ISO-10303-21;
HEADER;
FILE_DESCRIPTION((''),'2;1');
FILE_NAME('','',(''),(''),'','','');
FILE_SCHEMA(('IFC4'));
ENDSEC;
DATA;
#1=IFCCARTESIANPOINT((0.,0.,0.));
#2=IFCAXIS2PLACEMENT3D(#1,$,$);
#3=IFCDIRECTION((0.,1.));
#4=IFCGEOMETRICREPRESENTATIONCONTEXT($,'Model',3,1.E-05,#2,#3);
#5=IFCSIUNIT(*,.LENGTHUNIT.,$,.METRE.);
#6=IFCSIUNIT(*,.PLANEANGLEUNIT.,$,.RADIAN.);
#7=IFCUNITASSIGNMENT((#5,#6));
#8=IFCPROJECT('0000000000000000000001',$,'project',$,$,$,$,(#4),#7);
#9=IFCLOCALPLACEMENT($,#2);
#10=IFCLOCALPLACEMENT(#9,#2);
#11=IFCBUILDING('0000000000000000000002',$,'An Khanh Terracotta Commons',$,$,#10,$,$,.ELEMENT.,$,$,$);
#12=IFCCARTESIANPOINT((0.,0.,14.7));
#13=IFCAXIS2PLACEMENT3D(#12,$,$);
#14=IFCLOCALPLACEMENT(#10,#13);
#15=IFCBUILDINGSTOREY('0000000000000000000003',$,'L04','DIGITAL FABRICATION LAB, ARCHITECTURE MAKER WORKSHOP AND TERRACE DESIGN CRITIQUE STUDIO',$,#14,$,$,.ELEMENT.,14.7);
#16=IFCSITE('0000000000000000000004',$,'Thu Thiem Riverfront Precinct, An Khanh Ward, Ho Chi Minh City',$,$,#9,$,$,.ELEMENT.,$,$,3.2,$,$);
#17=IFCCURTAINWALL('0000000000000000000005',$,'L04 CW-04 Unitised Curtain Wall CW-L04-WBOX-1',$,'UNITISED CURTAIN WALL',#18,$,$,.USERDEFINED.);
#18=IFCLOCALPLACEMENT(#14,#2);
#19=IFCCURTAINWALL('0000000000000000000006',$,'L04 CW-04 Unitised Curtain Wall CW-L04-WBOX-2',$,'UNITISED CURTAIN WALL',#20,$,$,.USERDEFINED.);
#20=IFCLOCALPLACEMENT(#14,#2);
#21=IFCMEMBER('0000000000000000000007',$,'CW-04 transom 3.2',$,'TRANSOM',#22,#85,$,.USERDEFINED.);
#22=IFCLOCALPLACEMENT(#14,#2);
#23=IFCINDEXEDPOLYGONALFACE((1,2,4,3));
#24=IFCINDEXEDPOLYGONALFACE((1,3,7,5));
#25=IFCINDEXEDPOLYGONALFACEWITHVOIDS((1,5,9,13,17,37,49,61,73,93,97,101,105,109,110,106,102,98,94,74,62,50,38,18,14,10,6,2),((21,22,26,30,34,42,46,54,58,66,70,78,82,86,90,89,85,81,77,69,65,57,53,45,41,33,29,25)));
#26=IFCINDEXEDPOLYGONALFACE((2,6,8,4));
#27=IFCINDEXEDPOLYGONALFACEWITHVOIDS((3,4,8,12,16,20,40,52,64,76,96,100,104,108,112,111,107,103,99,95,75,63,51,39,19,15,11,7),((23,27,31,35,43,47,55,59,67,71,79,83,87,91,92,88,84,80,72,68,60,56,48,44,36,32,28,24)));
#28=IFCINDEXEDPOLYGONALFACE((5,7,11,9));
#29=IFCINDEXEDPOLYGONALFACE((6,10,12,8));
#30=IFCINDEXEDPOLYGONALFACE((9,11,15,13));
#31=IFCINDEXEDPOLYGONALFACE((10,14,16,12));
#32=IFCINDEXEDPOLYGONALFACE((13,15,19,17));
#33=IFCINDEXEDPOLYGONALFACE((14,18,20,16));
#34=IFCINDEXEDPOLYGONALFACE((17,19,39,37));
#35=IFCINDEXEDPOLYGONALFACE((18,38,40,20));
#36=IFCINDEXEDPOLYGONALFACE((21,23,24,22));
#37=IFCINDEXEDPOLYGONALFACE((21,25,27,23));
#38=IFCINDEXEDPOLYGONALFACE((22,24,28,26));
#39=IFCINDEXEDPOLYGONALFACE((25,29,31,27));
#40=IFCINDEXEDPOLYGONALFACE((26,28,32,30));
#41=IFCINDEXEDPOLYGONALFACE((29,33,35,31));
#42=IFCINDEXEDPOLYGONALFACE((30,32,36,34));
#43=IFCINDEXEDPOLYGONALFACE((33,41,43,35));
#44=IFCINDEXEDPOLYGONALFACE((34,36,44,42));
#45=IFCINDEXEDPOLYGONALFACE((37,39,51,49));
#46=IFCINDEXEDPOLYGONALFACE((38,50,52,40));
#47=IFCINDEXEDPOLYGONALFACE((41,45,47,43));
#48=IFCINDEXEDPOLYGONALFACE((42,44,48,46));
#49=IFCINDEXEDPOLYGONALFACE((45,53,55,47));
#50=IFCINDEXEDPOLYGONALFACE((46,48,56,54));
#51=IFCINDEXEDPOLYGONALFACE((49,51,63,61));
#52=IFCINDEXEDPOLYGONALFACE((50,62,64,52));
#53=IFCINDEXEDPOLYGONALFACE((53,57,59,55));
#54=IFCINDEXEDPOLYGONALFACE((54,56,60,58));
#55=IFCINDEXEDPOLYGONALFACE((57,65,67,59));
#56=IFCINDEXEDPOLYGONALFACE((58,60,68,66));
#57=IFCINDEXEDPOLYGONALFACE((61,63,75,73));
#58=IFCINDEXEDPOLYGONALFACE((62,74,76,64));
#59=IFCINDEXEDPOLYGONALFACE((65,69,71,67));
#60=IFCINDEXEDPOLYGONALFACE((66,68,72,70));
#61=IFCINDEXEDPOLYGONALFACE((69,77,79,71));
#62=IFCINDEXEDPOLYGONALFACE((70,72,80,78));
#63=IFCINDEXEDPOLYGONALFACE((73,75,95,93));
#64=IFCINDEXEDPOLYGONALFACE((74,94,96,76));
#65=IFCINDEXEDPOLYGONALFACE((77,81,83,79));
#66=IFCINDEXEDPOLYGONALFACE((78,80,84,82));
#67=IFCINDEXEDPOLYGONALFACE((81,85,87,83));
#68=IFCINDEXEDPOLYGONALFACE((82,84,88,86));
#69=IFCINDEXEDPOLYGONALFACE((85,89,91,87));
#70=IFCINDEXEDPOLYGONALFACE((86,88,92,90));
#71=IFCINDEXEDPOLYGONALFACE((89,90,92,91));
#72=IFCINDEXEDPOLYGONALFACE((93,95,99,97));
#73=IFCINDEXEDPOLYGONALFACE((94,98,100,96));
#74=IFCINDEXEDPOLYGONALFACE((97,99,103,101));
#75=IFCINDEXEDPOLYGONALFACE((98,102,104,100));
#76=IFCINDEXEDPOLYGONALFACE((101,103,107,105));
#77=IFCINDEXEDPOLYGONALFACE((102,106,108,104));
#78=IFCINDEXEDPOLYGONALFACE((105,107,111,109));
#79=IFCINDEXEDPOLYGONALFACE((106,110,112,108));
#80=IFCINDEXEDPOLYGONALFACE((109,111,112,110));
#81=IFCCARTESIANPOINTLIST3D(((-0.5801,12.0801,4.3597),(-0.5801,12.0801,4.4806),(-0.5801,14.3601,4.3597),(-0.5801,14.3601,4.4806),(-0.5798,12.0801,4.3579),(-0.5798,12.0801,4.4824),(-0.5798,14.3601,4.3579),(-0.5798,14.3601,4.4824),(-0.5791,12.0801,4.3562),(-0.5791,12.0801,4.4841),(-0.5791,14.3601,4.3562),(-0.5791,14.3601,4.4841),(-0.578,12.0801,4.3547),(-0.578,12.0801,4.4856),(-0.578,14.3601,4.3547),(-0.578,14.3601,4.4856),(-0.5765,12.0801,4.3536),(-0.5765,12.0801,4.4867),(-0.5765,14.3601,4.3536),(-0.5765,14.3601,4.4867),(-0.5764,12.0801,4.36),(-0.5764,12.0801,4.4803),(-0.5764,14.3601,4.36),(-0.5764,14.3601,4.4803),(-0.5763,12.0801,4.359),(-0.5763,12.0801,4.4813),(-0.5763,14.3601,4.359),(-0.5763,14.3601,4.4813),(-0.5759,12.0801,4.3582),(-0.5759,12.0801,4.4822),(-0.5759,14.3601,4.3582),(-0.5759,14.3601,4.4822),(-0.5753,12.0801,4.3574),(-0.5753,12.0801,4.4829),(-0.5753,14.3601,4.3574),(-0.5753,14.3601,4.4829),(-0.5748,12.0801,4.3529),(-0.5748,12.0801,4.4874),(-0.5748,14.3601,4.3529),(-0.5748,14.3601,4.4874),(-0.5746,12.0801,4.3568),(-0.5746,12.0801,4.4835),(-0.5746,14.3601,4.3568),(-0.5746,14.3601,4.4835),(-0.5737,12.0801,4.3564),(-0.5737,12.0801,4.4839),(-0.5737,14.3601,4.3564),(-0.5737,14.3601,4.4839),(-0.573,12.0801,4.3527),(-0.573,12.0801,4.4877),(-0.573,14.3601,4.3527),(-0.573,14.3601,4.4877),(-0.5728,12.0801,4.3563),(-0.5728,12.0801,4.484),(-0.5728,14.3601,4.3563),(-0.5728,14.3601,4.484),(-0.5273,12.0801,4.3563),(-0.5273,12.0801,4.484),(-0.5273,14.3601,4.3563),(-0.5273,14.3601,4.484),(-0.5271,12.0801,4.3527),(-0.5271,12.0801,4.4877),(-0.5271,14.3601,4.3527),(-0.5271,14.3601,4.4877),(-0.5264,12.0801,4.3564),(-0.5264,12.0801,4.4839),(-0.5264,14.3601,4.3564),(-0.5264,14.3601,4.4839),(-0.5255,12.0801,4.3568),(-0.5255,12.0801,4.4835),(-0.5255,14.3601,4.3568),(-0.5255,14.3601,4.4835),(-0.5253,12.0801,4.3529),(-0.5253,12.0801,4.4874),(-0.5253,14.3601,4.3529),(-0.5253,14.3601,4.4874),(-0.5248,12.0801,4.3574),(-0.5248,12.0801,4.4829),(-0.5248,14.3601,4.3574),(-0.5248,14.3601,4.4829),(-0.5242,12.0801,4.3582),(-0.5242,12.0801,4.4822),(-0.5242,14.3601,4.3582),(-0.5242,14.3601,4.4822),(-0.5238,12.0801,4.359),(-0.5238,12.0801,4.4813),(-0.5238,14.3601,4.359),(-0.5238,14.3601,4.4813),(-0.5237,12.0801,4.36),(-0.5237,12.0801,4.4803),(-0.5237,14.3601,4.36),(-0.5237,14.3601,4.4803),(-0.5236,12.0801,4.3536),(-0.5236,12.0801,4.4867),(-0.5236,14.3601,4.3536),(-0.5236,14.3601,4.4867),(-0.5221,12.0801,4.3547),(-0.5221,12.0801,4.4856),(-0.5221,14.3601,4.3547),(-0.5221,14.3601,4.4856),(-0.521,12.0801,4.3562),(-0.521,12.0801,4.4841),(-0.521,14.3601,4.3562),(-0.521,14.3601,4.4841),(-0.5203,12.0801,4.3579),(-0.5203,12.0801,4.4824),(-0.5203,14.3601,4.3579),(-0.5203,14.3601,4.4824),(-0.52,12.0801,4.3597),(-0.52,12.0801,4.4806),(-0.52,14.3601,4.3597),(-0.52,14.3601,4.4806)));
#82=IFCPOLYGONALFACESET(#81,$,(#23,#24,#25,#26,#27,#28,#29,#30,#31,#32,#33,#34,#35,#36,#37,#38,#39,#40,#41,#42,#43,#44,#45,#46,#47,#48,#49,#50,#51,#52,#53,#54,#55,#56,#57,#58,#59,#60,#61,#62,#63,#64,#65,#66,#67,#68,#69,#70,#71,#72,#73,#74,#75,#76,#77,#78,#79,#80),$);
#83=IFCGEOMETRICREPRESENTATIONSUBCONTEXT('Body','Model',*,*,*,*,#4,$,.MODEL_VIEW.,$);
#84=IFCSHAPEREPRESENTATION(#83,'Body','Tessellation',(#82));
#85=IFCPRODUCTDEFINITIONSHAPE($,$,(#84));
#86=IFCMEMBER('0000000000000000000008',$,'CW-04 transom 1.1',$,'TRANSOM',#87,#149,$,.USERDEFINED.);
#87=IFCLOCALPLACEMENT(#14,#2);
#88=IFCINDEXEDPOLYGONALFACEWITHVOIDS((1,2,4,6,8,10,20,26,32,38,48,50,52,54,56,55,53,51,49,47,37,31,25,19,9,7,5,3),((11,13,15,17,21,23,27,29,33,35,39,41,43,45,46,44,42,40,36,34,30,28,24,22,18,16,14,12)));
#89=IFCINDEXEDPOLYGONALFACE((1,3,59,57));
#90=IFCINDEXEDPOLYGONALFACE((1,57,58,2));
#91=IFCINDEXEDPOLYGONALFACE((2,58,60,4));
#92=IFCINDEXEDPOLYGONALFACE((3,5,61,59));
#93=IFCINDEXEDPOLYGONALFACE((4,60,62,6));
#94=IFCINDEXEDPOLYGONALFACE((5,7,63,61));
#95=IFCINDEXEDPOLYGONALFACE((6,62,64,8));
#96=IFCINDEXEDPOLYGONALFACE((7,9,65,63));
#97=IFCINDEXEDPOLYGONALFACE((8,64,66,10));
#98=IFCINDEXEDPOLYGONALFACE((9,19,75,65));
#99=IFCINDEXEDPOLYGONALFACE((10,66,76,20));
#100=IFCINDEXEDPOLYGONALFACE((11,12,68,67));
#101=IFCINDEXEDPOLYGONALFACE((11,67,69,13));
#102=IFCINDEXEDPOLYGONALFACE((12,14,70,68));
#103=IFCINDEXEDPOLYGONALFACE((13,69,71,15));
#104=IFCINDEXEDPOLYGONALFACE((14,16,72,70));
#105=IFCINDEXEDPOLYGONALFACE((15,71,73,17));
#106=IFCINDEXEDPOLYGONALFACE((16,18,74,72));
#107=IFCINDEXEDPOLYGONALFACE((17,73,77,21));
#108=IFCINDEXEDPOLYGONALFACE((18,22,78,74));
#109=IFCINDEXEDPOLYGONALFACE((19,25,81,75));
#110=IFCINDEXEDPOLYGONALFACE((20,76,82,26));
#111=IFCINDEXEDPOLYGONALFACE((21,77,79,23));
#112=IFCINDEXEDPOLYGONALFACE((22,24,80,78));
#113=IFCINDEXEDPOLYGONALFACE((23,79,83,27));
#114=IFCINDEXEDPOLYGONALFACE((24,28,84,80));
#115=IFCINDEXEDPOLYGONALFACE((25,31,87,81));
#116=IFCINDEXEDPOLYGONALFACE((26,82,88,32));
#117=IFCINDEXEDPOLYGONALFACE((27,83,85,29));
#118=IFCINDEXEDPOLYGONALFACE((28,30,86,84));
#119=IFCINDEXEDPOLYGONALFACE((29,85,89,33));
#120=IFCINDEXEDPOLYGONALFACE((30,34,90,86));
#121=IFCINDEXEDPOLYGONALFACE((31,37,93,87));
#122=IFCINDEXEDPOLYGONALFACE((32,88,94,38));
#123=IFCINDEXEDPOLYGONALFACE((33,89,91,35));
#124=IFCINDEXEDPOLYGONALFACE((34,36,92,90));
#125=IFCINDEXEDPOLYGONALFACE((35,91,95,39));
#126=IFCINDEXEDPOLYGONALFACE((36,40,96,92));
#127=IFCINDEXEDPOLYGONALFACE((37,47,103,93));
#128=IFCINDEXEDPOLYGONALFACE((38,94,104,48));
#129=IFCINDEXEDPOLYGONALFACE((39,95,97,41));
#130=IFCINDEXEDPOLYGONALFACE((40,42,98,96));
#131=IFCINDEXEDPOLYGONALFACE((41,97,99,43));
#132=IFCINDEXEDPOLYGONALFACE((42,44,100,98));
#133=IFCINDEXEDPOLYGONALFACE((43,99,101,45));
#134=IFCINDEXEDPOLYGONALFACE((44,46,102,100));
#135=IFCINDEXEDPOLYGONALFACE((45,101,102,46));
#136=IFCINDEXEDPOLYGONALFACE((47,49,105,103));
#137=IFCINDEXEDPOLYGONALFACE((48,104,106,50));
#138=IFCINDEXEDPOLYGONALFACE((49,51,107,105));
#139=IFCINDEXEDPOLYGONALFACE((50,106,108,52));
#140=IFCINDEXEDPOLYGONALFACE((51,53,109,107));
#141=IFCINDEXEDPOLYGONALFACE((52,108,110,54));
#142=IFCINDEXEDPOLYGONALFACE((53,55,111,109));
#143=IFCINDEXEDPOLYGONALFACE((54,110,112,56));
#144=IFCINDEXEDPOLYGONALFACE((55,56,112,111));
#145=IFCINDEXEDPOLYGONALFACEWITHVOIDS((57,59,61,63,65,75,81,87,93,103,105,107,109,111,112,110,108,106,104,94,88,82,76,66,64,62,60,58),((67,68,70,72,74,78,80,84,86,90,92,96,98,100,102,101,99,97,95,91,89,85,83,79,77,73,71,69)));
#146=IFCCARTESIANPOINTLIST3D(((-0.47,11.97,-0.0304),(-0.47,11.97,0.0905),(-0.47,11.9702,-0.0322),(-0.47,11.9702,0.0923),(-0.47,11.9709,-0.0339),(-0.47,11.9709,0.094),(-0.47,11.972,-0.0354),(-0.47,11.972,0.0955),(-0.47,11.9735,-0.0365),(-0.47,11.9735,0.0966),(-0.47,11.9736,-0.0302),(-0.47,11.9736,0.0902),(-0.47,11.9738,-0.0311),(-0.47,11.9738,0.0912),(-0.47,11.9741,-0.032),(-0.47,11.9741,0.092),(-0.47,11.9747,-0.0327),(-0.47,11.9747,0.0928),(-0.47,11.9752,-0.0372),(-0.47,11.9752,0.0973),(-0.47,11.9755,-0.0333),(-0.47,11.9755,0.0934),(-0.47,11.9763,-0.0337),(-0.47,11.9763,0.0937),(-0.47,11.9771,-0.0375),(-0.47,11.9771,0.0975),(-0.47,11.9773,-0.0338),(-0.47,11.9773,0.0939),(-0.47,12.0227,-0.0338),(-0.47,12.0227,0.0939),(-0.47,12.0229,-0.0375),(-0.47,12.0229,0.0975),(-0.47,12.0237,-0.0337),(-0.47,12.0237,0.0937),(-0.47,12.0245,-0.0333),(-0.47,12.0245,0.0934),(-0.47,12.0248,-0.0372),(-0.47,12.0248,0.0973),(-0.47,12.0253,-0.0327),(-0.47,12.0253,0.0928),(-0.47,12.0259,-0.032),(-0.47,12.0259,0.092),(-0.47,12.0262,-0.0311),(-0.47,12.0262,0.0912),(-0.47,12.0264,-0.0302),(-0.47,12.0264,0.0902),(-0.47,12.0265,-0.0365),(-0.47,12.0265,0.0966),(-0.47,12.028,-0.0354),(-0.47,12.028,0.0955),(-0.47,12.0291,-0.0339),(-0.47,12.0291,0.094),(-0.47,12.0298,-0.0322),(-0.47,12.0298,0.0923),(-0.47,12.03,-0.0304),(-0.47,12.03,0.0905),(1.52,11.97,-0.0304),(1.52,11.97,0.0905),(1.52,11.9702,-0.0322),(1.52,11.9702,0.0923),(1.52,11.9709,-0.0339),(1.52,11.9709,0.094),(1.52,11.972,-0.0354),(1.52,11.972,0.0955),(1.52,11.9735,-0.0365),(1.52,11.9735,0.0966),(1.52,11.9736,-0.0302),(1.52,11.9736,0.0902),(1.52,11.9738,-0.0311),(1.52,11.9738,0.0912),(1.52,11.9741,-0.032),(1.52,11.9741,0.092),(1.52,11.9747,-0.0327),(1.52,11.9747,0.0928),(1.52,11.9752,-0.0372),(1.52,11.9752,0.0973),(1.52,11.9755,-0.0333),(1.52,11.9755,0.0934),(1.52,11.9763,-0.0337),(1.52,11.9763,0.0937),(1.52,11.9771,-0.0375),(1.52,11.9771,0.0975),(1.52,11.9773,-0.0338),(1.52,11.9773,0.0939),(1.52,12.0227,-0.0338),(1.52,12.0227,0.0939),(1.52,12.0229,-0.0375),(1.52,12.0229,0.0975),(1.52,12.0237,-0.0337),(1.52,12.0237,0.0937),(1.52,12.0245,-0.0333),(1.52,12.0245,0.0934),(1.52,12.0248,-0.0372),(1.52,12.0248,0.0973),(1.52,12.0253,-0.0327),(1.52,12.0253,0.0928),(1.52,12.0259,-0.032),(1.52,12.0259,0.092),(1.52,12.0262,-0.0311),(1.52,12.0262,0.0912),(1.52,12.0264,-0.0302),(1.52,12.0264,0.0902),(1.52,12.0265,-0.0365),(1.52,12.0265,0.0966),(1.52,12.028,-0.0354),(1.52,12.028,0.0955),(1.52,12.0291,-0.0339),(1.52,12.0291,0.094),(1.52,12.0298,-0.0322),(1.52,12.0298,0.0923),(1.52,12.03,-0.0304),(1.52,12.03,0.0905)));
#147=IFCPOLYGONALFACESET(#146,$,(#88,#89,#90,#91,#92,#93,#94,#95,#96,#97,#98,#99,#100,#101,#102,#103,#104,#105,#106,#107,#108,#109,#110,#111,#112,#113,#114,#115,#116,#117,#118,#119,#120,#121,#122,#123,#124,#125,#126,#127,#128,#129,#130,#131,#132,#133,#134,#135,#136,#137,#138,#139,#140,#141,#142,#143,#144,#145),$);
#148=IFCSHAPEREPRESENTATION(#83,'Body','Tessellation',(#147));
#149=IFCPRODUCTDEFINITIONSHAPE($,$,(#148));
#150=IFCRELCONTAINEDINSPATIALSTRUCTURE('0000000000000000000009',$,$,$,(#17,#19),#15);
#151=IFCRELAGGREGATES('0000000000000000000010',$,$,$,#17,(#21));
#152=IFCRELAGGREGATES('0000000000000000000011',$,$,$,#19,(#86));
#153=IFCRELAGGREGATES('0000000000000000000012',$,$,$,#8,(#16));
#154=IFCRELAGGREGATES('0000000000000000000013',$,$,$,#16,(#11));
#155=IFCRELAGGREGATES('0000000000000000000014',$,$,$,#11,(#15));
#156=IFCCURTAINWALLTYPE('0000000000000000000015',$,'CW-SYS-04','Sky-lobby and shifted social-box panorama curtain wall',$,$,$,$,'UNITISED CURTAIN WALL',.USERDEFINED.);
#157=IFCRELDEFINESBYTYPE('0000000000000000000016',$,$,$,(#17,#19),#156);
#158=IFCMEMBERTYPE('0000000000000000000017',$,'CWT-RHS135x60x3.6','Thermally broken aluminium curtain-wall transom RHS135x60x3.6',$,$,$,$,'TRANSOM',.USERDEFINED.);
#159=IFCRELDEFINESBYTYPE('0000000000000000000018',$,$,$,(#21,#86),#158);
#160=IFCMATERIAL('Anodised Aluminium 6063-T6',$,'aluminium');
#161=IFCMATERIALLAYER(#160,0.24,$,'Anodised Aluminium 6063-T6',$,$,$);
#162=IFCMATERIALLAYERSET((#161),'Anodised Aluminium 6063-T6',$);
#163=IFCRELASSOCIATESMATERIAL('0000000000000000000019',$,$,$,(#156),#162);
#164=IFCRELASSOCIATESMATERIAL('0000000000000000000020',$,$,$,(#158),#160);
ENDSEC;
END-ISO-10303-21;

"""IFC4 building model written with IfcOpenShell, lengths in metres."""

from ifc_helpers import new_model, si_unit, direction, frame, origin, origin_2d, place, context, subcontext, project, spatial, hollow_rectangle, extrude, material, layer, layer_set, material_profile, profile_set, type_object, element, aggregate, save


model = new_model("IFC4")

# Units and contexts
model_context = context("Model", 3, precision=1e-05, world=origin(), true_north=direction((0.0, 1.0)))
body_context = subcontext(model_context, "Body", "Model", "MODEL_VIEW")
ifc_project = project(units=[si_unit("LENGTHUNIT", "METRE"), si_unit("PLANEANGLEUNIT", "RADIAN")], contexts=[model_context])

# Site, building, storey
site_placement = place(None, origin())
site = spatial("IfcSite", under=ifc_project, at=site_placement, Name="Thu Thiem Riverfront Precinct, An Khanh Ward, Ho Chi Minh City", CompositionType="ELEMENT", RefElevation=3.2)
building_placement = place(site_placement, origin())
building = spatial("IfcBuilding", under=site, at=building_placement, Name="An Khanh Terracotta Commons", CompositionType="ELEMENT")
storey_placement = place(building_placement, frame((0.0, 0.0, 14.7)))
storey = spatial("IfcBuildingStorey", under=building, at=storey_placement, Name="L04", Description="DIGITAL FABRICATION LAB, ARCHITECTURE MAKER WORKSHOP AND TERRACE DESIGN CRITIQUE STUDIO", CompositionType="ELEMENT", Elevation=14.7)

# Curtain walls
ifc_material_1 = material(Name="Anodised Aluminium 6063-T6", Category="aluminium")
ifc_layer_1 = layer(ifc_material_1, 0.24, Name="Anodised Aluminium 6063-T6")
ifc_layer_set_1 = layer_set([ifc_layer_1], Name="Anodised Aluminium 6063-T6")
curtain_wall_type = type_object("IfcCurtainWallType", Name="CW-SYS-04", Description="Sky-lobby and shifted social-box panorama curtain wall", ElementType="UNITISED CURTAIN WALL", PredefinedType="USERDEFINED", material=ifc_layer_set_1)
curtain_wall_1_placement = place(storey_placement, origin())
curtain_wall_1 = element("IfcCurtainWall", 1, at=curtain_wall_1_placement, inside=storey, type_object=curtain_wall_type, Name="L04 CW-04 Unitised Curtain Wall CW-L04-WBOX-1", ObjectType="UNITISED CURTAIN WALL", PredefinedType="USERDEFINED")
curtain_wall_2_placement = place(storey_placement, origin())
curtain_wall_2 = element("IfcCurtainWall", 2, at=curtain_wall_2_placement, inside=storey, type_object=curtain_wall_type, Name="L04 CW-04 Unitised Curtain Wall CW-L04-WBOX-2", ObjectType="UNITISED CURTAIN WALL", PredefinedType="USERDEFINED")

# Members
ifc_material_profile_1 = material_profile(ifc_material_1, hollow_rectangle(XDim=0.0601, YDim=0.135, WallThickness=0.0037, InnerFilletRadius=0.0037, OuterFilletRadius=0.0071, at=origin_2d()), Name="RHS135x60x3.6")
ifc_profile_set_1 = profile_set([ifc_material_profile_1], Name="Anodised Aluminium 6063-T6")
member_type_1 = type_object("IfcMemberType", Name="CWT-RHS135x60x3.6", Description="Thermally broken aluminium curtain-wall transom RHS135x60x3.6", ElementType="TRANSOM", PredefinedType="USERDEFINED", material=ifc_profile_set_1)
member_1_placement = place(storey_placement, frame((-0.55, 14.3601, 4.4202), z_axis=(0.0, -1.0, 0.0), x_axis=(1.0, 0.0, 0.0)))
member_1 = element("IfcMember", 3, at=member_1_placement, type_object=member_type_1, Name="CW-04 transom 3.2", ObjectType="TRANSOM", PredefinedType="USERDEFINED", context=body_context, shape_type="SweptSolid", body=[
    extrude(hollow_rectangle(XDim=0.0601, YDim=0.135, WallThickness=0.0037, InnerFilletRadius=0.0037, OuterFilletRadius=0.0071, at=origin_2d()), origin(), (0.0, 0.0, 1.0), 2.28),
])
member_2_placement = place(storey_placement, frame((1.52, 12.0, 0.03), z_axis=(-1.0, 0.0, 0.0), x_axis=(0.0, -1.0, 0.0)))
member_2 = element("IfcMember", 4, at=member_2_placement, type_object=member_type_1, Name="CW-04 transom 1.1", ObjectType="TRANSOM", PredefinedType="USERDEFINED", context=body_context, shape_type="SweptSolid", body=[
    extrude(hollow_rectangle(XDim=0.0601, YDim=0.135, WallThickness=0.0037, InnerFilletRadius=0.0037, OuterFilletRadius=0.0071, at=origin_2d()), origin(), (0.0, 0.0, 1.0), 1.99),
])

aggregate(curtain_wall_1, [member_1])
aggregate(curtain_wall_2, [member_2])

save(model, "model.ifc")
